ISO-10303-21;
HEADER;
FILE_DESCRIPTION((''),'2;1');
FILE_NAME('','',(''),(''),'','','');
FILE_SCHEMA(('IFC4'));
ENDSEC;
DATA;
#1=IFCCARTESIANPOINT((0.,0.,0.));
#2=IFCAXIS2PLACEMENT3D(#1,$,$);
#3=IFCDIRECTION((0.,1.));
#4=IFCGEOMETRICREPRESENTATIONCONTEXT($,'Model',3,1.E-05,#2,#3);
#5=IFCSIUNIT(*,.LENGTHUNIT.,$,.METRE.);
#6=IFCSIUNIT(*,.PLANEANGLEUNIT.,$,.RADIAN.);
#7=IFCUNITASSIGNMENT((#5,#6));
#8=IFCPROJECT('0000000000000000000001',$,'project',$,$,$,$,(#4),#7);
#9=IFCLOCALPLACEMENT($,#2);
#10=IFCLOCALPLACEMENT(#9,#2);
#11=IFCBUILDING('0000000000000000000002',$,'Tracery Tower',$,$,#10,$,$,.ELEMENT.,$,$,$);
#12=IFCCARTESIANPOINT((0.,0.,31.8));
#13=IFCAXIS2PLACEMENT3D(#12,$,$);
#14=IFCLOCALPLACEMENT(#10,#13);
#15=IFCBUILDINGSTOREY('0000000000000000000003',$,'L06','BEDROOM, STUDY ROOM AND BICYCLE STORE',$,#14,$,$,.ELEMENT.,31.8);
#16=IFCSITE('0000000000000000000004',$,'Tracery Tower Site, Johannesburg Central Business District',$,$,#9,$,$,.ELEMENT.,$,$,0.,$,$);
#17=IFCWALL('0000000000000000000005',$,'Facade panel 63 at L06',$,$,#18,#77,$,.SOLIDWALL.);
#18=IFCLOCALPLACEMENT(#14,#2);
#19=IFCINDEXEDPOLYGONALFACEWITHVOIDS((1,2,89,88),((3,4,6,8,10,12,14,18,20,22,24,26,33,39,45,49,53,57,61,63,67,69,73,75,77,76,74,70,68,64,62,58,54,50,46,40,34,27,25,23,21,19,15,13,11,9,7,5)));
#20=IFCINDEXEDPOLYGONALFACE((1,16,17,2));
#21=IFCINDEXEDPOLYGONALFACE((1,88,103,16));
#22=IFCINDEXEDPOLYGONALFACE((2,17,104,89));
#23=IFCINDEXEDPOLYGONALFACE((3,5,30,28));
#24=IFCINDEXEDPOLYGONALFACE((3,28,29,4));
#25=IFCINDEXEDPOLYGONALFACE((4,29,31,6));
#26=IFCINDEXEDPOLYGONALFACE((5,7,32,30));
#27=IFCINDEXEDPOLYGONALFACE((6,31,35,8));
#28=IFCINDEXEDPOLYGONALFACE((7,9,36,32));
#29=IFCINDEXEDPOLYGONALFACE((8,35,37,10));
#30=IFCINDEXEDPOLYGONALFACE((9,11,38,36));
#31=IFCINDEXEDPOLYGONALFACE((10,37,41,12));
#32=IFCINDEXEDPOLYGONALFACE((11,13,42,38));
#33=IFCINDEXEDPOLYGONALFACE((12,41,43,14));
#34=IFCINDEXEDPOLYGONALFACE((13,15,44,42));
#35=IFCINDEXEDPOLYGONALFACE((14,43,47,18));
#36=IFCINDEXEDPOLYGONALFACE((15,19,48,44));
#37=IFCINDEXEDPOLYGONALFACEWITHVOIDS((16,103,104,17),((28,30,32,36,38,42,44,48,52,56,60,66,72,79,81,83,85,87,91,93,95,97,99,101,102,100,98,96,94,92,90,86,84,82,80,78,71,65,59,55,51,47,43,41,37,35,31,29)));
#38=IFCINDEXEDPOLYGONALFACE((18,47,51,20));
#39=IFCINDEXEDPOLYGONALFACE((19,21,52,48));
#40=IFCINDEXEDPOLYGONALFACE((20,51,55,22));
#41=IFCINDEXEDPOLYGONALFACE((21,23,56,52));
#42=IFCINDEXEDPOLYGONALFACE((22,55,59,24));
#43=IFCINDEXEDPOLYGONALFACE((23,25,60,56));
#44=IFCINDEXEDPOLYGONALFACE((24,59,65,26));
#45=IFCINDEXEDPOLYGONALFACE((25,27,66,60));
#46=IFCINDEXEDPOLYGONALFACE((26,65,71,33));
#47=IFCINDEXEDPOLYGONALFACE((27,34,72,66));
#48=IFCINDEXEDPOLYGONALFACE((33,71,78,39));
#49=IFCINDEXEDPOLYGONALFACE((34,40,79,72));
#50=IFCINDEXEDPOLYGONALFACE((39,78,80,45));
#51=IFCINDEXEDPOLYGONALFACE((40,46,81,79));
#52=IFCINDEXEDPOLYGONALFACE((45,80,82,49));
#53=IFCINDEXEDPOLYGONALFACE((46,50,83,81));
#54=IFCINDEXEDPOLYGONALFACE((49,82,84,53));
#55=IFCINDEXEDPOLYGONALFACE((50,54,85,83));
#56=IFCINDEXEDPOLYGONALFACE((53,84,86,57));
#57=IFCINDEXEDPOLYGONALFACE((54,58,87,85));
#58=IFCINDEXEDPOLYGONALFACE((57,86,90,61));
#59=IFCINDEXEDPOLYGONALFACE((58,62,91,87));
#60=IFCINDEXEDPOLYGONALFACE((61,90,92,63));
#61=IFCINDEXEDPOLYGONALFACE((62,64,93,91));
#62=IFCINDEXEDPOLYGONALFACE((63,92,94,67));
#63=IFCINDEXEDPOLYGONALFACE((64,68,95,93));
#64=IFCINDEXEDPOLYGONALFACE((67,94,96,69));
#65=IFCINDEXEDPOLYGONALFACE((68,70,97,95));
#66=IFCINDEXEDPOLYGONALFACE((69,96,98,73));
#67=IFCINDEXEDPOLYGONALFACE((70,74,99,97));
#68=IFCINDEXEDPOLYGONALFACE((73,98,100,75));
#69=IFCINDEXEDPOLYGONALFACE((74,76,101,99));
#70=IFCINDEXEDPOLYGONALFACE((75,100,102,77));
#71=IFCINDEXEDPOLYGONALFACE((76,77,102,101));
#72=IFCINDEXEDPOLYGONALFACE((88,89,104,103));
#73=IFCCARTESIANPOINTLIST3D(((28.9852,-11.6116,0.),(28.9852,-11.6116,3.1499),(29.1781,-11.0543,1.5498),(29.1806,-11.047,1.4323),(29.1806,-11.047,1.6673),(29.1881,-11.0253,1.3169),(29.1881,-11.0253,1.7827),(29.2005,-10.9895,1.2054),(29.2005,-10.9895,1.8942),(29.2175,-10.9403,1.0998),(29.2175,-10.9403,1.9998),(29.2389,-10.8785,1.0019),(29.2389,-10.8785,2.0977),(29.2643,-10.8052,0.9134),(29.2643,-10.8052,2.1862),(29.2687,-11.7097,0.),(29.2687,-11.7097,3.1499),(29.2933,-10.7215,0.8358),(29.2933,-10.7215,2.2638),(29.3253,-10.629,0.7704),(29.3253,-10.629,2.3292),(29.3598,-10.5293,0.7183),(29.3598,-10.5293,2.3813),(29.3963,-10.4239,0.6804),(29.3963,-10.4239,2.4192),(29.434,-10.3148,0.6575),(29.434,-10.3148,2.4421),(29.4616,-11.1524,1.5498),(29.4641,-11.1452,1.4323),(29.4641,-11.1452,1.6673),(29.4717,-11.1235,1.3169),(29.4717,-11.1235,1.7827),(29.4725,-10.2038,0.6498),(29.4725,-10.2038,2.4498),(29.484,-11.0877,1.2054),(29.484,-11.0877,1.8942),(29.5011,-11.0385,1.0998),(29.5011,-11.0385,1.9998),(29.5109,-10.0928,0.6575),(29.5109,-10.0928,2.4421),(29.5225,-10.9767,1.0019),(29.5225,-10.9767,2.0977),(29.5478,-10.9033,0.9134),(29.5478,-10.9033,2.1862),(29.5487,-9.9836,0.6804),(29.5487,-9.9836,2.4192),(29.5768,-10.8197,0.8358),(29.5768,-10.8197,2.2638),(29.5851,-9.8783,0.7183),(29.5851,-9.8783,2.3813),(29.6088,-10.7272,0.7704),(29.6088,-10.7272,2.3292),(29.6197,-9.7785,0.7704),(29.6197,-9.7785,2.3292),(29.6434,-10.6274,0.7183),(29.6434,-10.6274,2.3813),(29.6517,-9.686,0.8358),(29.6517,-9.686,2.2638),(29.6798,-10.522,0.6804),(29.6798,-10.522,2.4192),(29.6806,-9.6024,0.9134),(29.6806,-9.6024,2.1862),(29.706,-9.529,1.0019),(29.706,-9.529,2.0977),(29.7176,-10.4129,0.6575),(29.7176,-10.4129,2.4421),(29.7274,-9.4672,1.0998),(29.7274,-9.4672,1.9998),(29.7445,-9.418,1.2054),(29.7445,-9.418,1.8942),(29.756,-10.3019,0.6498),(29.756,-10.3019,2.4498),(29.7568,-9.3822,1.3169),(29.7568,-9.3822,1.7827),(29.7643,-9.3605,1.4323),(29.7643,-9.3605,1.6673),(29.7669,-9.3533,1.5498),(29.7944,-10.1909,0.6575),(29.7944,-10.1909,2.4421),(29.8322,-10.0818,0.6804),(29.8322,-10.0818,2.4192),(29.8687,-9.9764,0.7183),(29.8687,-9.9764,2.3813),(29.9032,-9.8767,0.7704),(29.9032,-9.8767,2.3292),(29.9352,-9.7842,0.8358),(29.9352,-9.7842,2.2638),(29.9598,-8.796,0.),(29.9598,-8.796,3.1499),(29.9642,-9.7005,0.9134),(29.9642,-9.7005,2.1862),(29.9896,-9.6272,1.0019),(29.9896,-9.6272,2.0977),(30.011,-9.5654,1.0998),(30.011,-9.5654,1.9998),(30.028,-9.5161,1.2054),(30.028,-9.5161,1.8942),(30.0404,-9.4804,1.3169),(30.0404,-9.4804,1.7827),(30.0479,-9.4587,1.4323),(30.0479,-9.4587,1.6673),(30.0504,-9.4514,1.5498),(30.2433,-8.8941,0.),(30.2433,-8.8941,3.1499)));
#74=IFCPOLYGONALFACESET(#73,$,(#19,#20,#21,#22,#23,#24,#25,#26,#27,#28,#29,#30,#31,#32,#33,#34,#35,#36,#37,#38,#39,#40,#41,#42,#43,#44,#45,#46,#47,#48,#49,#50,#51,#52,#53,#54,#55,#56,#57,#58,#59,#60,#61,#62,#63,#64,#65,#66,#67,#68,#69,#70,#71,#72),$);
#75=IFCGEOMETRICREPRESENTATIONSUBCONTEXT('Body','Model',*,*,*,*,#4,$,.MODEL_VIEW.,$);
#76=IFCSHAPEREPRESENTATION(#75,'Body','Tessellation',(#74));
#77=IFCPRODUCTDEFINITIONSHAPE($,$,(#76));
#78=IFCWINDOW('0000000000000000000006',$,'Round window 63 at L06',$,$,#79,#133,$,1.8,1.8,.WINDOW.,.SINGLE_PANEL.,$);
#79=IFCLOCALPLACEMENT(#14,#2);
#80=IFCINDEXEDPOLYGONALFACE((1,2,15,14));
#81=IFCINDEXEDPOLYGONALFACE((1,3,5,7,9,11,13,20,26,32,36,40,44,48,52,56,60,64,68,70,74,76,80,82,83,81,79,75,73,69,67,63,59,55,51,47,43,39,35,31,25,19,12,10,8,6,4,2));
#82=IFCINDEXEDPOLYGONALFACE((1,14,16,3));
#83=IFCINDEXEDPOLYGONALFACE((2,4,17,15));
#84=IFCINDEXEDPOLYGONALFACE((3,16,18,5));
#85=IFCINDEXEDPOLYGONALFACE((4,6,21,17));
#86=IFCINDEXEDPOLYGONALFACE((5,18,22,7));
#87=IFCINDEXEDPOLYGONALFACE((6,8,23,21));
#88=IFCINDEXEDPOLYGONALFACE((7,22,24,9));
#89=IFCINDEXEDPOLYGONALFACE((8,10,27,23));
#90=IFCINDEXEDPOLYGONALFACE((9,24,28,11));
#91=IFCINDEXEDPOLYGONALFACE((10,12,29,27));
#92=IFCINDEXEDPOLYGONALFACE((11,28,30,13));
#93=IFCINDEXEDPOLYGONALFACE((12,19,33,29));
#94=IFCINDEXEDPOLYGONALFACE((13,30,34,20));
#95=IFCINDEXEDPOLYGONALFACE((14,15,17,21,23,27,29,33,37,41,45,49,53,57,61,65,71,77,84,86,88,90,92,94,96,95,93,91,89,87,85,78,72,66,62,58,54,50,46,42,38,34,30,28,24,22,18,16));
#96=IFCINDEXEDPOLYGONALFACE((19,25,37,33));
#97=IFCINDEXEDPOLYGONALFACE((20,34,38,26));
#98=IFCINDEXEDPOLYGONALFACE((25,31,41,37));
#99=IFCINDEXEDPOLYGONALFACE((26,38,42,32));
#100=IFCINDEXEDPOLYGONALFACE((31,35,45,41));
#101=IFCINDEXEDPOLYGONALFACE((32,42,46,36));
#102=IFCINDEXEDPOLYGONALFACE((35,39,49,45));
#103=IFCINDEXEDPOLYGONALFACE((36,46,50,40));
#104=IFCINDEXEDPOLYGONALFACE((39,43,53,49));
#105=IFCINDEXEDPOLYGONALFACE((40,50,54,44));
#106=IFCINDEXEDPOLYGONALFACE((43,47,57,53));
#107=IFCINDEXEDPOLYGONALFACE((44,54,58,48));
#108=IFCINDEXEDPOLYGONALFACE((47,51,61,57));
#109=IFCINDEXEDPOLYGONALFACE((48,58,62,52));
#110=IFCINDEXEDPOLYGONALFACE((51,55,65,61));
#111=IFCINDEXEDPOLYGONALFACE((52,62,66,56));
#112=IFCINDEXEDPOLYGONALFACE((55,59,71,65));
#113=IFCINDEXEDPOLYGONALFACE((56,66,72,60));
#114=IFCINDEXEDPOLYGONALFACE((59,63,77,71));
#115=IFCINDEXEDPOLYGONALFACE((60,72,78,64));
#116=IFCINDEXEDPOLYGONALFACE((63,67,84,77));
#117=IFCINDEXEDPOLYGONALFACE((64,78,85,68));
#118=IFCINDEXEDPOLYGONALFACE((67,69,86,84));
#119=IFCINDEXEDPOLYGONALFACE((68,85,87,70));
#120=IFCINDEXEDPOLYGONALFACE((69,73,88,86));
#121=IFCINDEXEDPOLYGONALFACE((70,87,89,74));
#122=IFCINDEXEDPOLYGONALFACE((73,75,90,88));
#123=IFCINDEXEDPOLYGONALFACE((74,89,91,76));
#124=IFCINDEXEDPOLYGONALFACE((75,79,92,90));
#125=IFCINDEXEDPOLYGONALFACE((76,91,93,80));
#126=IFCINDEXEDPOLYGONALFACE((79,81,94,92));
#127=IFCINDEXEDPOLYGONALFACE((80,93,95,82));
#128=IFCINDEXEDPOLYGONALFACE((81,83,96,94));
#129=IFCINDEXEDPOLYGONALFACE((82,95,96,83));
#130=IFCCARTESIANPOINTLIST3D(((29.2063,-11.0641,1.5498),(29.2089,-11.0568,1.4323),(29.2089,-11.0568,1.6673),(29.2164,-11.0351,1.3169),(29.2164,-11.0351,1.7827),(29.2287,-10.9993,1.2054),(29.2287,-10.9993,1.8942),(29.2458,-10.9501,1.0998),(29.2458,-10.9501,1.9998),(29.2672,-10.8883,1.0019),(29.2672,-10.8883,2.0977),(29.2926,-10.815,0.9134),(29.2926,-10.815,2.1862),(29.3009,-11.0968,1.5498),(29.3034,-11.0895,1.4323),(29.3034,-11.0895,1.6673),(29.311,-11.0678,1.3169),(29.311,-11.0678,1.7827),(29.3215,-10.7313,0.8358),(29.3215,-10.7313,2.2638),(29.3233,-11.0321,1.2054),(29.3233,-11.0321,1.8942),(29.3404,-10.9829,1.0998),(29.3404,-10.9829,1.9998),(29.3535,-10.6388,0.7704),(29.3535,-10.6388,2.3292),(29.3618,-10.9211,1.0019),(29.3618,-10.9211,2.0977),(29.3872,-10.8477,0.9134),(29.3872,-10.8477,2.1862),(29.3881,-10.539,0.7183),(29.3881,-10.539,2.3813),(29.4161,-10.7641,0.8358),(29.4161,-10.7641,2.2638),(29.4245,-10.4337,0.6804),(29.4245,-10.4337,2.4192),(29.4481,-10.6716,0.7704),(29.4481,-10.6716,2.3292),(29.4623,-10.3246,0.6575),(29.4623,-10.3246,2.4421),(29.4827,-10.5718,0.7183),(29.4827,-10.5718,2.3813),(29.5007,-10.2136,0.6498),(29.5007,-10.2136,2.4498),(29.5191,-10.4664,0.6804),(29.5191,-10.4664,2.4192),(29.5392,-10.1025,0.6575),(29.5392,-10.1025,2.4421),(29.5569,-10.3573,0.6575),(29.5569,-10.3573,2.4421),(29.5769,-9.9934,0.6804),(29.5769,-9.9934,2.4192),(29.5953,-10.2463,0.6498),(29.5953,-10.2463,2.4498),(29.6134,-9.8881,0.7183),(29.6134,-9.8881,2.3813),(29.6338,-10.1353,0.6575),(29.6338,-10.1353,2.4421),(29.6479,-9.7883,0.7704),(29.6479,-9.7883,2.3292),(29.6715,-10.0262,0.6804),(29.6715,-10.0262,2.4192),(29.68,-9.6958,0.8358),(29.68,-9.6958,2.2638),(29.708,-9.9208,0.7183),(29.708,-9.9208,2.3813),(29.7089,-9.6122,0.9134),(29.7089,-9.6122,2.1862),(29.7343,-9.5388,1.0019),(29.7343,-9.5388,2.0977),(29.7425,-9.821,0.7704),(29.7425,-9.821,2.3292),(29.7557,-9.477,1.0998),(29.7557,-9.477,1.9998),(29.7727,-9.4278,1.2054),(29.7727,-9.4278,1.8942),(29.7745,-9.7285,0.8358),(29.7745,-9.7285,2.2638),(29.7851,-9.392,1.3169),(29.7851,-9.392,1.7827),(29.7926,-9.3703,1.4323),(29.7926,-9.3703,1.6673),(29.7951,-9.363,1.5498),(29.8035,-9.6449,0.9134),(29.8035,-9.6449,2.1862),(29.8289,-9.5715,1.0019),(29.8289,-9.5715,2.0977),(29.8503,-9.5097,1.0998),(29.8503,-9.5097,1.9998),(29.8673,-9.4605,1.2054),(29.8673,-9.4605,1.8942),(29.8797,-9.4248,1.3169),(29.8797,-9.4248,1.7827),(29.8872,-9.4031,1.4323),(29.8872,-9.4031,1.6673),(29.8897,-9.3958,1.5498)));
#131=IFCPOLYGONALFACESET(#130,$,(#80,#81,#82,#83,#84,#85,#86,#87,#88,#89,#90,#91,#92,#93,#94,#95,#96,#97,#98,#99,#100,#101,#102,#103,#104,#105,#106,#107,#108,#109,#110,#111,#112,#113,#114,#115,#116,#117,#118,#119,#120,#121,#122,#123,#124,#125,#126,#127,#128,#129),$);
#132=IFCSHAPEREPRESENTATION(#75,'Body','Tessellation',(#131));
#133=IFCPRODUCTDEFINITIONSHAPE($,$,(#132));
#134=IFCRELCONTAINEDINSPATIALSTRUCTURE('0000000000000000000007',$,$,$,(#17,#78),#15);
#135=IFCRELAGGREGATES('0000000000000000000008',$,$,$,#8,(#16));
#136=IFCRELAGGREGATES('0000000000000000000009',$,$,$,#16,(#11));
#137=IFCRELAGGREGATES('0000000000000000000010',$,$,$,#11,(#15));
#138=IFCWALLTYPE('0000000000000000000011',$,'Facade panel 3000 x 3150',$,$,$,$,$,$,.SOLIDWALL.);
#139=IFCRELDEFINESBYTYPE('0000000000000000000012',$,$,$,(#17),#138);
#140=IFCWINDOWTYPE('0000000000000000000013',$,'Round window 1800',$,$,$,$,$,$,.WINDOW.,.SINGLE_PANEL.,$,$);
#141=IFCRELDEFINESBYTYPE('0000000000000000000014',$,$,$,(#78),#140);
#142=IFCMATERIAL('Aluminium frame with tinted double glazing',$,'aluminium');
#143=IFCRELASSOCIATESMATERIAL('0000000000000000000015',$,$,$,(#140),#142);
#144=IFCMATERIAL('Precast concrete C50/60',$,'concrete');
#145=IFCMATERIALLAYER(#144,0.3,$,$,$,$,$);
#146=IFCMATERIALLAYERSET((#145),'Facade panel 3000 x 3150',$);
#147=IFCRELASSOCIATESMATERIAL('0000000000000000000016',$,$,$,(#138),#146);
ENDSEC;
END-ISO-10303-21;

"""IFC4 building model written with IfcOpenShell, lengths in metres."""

from ifc_helpers import new_model, si_unit, direction, frame, frame_2d, origin, origin_2d, place, context, subcontext, project, spatial, rectangle, circle, extrude, material, layer, layer_set, type_object, element, fill, save


model = new_model("IFC4")

# Units and contexts
model_context = context("Model", 3, precision=1e-05, world=origin(), true_north=direction((0.0, 1.0)))
body_context = subcontext(model_context, "Body", "Model", "MODEL_VIEW")
ifc_project = project(units=[si_unit("LENGTHUNIT", "METRE"), si_unit("PLANEANGLEUNIT", "RADIAN")], contexts=[model_context])

# Site, building, storey
site_placement = place(None, origin())
site = spatial("IfcSite", under=ifc_project, at=site_placement, Name="Tracery Tower Site, Johannesburg Central Business District", CompositionType="ELEMENT", RefElevation=0.0)
building_placement = place(site_placement, origin())
building = spatial("IfcBuilding", under=site, at=building_placement, Name="Tracery Tower", CompositionType="ELEMENT")
storey_placement = place(building_placement, frame((0.0, 0.0, 31.8)))
storey = spatial("IfcBuildingStorey", under=building, at=storey_placement, Name="L06", Description="BEDROOM, STUDY ROOM AND BICYCLE STORE", CompositionType="ELEMENT", Elevation=31.8)

# Wall, opening, window
ifc_material_1 = material(Name="Aluminium frame with tinted double glazing", Category="aluminium")
window_type = type_object("IfcWindowType", Name="Round window 1800", PartitioningType="SINGLE_PANEL", PredefinedType="WINDOW", material=ifc_material_1)
ifc_material_2 = material(Name="Precast concrete C50/60", Category="concrete")
ifc_layer_1 = layer(ifc_material_2, 0.3)
ifc_layer_set_1 = layer_set([ifc_layer_1], Name="Facade panel 3000 x 3150")
wall_type_1 = type_object("IfcWallType", Name="Facade panel 3000 x 3150", PredefinedType="SOLIDWALL", material=ifc_layer_set_1)
wall_1_placement = place(storey_placement, frame((29.127, -11.6606, 0.0), z_axis=(0.0, 0.0, 1.0), x_axis=(0.327096, 0.944991, 0.0)))
wall_1 = element("IfcWall", 1, at=wall_1_placement, inside=storey, type_object=wall_type_1, Name="Facade panel 63 at L06", PredefinedType="SOLIDWALL", context=body_context, shape_type="SweptSolid", body=[
    extrude(rectangle(XDim=2.9795, YDim=0.3, at=frame_2d((1.4897, 0.0))), origin(), (0.0, 0.0, 1.0), 3.1499),
])
opening_1_placement = place(wall_1_placement, frame((1.4897, 0.0, 1.5498)))
opening_1 = element("IfcOpeningElement", 2, at=opening_1_placement, cuts=wall_1, PredefinedType="OPENING", context=body_context, shape_type="SweptSolid", body=[
    extrude(circle(Radius=0.9, at=origin_2d()), frame((0.0, 0.1599, 0.0), z_axis=(0.0, -1.0, 0.0), x_axis=(1.0, 0.0, 0.0)), (0.0, 0.0, 1.0), 0.3201),
])
window_1_placement = place(opening_1_placement, origin())
window_1 = element("IfcWindow", 3, at=window_1_placement, inside=storey, type_object=window_type, Name="Round window 63 at L06", OverallHeight=1.8, OverallWidth=1.8, PartitioningType="SINGLE_PANEL", PredefinedType="WINDOW", context=body_context, shape_type="SweptSolid", body=[
    extrude(circle(Radius=0.9, at=origin_2d()), frame((0.0, 0.1201, 0.0), z_axis=(0.0, -1.0, 0.0), x_axis=(1.0, 0.0, 0.0)), (0.0, 0.0, 1.0), 0.1001),
])
fill(opening_1, window_1)

save(model, "model.ifc")
